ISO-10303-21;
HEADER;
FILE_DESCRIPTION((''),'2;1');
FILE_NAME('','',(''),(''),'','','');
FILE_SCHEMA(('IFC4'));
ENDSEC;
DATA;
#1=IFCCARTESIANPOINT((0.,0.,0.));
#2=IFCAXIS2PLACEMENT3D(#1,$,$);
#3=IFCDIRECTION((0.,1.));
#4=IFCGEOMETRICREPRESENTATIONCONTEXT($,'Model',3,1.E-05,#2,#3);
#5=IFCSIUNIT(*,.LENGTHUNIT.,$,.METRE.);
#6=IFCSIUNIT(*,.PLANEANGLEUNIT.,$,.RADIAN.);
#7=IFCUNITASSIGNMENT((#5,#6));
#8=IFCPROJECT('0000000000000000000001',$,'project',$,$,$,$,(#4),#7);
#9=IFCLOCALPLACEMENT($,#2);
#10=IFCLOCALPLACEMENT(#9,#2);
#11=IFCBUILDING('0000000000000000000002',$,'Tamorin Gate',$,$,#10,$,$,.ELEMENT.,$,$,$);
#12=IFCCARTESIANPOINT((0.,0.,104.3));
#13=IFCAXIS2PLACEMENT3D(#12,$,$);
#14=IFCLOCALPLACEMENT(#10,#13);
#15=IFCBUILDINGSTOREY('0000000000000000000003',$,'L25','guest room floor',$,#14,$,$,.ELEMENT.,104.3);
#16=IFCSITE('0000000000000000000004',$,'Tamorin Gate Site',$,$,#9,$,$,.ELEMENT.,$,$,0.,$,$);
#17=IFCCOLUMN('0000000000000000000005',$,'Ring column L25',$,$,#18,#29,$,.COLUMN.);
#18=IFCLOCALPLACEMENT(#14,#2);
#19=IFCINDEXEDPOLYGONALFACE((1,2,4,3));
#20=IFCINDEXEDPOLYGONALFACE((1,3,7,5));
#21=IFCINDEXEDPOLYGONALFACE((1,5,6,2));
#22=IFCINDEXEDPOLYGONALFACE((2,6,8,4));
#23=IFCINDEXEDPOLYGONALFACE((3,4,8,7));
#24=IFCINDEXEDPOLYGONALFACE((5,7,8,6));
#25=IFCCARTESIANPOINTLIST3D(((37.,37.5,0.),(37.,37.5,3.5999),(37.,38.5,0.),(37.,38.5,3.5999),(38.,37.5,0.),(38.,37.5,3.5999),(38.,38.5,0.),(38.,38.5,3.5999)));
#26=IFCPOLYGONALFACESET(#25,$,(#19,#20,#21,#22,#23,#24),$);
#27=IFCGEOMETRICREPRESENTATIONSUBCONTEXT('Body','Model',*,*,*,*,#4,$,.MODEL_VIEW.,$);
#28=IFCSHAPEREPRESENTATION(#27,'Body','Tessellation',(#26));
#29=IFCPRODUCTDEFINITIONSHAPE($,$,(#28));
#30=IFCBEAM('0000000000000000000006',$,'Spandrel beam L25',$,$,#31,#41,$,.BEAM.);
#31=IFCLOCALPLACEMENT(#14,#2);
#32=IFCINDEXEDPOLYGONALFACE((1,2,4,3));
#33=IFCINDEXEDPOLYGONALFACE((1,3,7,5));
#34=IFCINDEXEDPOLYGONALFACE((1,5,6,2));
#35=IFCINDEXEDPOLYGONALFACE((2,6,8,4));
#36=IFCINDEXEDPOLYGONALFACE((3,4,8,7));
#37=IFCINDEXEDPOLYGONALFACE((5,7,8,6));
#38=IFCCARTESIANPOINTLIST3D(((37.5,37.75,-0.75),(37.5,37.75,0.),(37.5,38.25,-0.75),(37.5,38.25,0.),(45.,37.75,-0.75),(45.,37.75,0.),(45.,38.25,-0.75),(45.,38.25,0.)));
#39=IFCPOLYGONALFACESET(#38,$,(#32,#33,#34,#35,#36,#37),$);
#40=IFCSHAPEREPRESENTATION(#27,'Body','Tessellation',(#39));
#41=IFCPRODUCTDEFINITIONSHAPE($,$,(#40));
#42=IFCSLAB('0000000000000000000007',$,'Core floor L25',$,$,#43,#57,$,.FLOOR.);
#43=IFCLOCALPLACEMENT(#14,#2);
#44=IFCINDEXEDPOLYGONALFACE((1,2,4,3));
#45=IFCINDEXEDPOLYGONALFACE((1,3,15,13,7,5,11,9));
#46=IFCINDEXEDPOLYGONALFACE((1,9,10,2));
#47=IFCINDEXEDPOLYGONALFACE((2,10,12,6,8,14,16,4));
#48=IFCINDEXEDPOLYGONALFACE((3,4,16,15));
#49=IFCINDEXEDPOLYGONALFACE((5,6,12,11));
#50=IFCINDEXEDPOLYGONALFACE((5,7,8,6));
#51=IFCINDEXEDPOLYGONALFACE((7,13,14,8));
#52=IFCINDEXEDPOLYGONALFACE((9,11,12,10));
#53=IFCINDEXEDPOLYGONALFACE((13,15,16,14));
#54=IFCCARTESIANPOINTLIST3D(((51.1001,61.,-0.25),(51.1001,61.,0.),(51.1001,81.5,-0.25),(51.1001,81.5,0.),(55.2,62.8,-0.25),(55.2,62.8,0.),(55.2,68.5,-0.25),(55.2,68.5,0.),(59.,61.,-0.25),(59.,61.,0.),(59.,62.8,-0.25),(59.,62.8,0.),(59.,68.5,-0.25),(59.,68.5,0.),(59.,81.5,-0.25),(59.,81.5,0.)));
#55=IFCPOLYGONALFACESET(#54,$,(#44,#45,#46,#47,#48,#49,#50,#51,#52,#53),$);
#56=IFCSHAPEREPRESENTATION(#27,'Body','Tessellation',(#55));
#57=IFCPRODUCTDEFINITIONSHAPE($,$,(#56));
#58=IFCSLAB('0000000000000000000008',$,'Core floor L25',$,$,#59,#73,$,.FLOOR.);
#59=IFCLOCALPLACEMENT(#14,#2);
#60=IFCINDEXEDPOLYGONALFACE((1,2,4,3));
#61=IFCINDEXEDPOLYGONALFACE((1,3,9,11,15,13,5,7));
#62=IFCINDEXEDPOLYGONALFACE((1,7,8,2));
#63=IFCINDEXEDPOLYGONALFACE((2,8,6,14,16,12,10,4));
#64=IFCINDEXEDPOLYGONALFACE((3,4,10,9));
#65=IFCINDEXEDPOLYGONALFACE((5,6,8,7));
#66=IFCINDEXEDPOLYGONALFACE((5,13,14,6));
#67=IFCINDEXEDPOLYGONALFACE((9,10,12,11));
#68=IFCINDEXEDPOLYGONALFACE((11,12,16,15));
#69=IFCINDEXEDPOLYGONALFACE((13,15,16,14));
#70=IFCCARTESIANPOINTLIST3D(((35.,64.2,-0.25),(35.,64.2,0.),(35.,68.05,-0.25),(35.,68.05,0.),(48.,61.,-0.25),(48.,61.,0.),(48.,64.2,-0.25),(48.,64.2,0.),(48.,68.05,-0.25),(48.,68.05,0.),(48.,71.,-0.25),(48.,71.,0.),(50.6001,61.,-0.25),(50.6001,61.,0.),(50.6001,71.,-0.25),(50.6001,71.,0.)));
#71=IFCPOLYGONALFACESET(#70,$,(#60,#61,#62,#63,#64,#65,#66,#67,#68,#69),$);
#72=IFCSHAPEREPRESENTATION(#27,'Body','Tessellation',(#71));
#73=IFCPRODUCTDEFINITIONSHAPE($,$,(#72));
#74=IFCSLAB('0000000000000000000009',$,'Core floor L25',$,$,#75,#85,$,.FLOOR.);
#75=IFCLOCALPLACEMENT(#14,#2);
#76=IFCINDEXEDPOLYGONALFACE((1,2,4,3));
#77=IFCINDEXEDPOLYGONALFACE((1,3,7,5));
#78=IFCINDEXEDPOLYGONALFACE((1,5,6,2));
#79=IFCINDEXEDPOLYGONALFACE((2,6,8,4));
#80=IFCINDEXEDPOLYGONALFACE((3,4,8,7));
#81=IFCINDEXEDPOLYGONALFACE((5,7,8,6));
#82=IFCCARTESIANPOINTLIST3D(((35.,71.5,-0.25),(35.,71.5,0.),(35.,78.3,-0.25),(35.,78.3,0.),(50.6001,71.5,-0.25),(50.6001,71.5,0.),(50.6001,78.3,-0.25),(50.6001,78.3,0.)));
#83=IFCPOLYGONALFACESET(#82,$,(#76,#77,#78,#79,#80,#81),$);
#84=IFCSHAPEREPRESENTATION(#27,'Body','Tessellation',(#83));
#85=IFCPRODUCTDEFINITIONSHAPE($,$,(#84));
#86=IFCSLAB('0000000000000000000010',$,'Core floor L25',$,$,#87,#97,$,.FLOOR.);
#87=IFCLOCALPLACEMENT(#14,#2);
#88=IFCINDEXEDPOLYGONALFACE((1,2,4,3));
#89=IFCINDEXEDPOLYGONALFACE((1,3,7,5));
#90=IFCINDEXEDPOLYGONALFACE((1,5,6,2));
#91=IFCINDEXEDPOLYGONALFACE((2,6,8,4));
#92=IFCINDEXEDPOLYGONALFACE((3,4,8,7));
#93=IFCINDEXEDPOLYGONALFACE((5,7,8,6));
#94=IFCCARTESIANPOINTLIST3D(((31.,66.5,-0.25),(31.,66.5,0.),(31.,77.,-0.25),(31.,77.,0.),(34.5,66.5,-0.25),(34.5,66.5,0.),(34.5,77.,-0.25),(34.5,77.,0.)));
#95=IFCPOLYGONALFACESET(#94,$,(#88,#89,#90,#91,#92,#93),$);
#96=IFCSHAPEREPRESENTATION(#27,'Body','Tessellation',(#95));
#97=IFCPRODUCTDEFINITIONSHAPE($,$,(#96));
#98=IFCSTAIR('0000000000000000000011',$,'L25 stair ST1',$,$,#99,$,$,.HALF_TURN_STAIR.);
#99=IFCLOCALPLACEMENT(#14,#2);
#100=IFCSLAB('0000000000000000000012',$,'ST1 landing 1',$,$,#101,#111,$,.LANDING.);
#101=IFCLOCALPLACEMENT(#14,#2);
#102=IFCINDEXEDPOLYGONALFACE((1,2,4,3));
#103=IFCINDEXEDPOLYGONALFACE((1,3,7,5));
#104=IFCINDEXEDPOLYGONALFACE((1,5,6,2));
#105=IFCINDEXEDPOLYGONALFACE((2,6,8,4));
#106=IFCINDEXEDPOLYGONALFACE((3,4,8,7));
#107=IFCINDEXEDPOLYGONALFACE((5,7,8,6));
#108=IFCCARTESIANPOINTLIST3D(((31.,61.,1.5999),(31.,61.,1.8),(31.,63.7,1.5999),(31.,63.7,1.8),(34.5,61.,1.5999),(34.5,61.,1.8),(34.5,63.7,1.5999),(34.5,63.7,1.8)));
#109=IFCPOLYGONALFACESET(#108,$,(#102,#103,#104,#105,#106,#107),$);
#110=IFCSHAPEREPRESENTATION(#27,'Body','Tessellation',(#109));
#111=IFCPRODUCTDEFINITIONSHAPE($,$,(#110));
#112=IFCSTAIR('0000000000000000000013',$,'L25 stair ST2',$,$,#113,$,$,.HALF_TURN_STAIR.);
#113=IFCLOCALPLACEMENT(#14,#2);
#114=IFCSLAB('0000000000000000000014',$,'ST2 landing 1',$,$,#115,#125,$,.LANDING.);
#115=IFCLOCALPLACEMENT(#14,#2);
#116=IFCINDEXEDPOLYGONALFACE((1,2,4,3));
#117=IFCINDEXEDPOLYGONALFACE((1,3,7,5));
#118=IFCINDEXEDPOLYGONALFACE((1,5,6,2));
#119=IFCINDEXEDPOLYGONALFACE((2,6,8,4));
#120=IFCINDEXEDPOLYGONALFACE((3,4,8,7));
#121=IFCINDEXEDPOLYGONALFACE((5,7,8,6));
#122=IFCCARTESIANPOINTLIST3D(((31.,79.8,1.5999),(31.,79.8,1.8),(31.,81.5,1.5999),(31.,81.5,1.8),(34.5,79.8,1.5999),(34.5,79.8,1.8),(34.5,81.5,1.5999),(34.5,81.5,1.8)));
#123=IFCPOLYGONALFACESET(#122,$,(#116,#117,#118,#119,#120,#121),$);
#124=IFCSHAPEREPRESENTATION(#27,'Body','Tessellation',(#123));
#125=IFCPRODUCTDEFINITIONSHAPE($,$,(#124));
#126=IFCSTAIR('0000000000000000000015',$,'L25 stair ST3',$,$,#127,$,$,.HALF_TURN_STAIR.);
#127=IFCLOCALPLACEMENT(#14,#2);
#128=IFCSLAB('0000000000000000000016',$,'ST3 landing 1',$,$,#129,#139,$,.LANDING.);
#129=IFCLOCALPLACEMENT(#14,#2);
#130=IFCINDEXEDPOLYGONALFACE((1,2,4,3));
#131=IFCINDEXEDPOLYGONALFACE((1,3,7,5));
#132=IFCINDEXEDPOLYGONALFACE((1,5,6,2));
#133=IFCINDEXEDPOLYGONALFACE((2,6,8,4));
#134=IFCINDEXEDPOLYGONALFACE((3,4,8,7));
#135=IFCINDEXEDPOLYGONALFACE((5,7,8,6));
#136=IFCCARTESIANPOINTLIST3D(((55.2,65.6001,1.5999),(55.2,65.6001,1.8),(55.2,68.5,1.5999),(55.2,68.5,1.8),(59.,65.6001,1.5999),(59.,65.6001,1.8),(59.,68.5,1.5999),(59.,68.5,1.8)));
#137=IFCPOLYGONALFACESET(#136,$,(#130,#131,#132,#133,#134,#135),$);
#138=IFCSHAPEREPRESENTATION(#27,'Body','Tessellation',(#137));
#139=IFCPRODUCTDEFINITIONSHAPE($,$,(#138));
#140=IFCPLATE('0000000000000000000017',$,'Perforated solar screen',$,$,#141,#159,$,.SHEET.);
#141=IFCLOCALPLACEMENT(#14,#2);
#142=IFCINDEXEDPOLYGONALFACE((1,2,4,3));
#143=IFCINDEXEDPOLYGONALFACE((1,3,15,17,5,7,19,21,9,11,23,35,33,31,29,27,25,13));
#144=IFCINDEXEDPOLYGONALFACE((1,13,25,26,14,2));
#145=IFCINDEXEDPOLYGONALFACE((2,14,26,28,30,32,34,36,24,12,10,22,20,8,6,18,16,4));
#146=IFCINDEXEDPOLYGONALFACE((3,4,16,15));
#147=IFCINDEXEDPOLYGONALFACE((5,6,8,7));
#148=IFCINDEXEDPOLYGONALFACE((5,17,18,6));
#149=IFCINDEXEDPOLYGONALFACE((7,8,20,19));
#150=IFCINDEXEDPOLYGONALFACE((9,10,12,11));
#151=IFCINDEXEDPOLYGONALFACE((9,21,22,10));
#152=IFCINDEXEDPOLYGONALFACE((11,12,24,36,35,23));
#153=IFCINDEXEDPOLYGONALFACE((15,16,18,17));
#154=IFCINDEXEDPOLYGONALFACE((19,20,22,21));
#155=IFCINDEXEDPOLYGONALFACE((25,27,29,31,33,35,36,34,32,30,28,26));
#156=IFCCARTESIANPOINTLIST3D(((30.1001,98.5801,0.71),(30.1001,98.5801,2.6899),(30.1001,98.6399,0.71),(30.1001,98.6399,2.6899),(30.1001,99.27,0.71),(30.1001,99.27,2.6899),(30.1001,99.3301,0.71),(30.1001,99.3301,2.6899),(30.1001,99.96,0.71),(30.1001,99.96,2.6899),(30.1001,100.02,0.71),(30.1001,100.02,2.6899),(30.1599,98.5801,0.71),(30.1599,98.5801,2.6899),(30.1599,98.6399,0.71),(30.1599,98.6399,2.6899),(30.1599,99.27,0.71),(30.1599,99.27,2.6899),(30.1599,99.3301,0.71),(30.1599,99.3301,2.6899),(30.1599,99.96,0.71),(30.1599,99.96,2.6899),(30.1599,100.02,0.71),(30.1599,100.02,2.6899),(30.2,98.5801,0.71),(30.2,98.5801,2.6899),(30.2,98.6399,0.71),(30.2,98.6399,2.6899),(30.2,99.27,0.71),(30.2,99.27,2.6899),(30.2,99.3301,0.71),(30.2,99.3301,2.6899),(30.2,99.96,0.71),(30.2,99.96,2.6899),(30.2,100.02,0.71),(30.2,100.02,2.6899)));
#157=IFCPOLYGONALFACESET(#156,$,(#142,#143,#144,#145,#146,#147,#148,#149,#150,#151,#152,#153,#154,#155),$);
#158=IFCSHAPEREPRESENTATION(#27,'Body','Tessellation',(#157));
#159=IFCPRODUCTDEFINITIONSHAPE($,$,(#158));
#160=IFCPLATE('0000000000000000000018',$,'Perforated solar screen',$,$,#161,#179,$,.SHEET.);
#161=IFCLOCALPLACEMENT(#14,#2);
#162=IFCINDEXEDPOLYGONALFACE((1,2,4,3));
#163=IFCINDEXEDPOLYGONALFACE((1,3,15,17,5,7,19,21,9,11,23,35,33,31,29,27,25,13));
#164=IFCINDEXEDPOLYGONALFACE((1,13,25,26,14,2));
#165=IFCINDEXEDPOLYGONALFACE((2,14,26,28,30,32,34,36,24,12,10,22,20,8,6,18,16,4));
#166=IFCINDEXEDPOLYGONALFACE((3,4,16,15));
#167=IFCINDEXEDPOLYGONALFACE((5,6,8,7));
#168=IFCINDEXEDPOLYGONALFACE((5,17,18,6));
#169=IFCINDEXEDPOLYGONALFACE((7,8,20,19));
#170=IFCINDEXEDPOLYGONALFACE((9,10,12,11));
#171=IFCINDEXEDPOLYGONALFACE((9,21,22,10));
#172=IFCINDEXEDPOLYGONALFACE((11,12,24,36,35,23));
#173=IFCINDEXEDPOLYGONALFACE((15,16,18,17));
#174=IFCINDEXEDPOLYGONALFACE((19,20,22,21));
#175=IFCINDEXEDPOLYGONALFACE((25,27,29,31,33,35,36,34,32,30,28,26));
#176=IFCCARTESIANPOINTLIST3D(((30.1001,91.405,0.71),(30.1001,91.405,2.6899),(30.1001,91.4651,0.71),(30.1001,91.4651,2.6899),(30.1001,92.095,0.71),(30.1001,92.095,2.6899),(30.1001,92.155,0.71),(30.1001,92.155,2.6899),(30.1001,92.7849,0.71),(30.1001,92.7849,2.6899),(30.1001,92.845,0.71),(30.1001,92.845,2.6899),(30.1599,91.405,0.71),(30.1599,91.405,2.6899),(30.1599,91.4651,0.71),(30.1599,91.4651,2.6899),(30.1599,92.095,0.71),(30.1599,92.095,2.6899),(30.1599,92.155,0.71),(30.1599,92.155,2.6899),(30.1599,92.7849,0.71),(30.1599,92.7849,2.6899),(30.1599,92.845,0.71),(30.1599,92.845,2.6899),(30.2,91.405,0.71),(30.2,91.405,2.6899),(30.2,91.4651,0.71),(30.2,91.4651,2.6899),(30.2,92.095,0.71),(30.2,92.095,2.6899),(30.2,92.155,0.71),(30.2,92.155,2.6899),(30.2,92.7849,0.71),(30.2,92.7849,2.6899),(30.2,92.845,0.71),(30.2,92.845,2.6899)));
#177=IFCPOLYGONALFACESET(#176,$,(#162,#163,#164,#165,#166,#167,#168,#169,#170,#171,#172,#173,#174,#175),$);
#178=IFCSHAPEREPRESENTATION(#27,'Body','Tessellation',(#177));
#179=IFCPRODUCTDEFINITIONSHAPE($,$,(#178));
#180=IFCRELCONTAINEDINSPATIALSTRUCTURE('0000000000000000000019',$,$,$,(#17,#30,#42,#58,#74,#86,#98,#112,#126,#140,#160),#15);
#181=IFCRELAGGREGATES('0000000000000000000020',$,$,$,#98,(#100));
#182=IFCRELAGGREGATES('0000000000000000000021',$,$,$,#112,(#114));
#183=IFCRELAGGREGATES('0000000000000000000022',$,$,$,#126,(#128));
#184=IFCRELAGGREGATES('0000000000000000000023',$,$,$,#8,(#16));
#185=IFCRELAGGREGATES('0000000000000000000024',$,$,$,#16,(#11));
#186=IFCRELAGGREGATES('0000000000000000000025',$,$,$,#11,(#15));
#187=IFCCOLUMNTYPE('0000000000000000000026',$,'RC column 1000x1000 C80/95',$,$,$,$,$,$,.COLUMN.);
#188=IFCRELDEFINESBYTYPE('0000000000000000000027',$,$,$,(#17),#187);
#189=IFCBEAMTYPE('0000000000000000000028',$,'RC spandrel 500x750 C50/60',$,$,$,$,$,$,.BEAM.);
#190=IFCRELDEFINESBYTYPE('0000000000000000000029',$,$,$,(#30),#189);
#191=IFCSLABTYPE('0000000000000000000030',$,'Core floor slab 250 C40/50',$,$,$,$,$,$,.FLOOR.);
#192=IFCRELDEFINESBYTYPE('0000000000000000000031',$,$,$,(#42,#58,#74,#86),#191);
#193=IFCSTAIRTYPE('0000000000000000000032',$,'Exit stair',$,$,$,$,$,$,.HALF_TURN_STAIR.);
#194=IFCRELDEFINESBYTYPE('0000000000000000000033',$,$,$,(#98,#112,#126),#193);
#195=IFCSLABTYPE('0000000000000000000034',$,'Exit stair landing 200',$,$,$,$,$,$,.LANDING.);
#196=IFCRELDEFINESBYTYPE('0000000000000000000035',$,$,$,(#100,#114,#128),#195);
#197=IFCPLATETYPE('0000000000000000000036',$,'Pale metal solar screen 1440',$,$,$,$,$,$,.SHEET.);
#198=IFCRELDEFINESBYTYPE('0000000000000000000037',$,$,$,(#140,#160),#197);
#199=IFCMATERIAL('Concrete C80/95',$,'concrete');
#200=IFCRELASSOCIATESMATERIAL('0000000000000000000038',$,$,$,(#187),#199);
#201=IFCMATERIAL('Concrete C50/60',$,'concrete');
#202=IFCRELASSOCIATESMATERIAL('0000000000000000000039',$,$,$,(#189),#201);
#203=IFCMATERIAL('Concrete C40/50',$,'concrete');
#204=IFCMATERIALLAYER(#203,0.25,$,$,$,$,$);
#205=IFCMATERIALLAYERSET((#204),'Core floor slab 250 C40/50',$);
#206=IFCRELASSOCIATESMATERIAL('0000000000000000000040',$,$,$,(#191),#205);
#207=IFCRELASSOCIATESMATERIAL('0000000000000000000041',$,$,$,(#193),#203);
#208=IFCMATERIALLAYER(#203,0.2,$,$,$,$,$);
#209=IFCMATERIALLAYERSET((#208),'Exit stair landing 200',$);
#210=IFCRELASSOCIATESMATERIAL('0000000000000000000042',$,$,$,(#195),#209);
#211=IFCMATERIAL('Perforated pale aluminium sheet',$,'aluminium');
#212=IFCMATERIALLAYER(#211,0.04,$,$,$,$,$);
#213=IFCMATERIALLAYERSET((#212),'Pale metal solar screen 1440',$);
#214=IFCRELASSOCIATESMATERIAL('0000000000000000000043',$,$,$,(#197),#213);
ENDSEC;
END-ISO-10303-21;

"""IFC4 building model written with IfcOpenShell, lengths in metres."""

from ifc_helpers import new_model, si_unit, direction, frame, origin, origin_2d, place, context, subcontext, project, spatial, polyline, rectangle, outline, extrude, material, layer, layer_set, material_profile, profile_set, type_object, element, aggregate, save


model = new_model("IFC4")

# Units and contexts
model_context = context("Model", 3, precision=1e-05, world=origin(), true_north=direction((0.0, 1.0)))
body_context = subcontext(model_context, "Body", "Model", "MODEL_VIEW")
ifc_project = project(units=[si_unit("LENGTHUNIT", "METRE"), si_unit("PLANEANGLEUNIT", "RADIAN")], contexts=[model_context])

# Site, building, storey
site_placement = place(None, origin())
site = spatial("IfcSite", under=ifc_project, at=site_placement, Name="Tamorin Gate Site", CompositionType="ELEMENT", RefElevation=0.0)
building_placement = place(site_placement, origin())
building = spatial("IfcBuilding", under=site, at=building_placement, Name="Tamorin Gate", CompositionType="ELEMENT")
storey_placement = place(building_placement, frame((0.0, 0.0, 104.3)))
storey = spatial("IfcBuildingStorey", under=building, at=storey_placement, Name="L25", Description="guest room floor", CompositionType="ELEMENT", Elevation=104.3)

# Column
ifc_material_1 = material(Name="Concrete C80/95", Category="concrete")
ifc_material_profile_1 = material_profile(ifc_material_1, rectangle(XDim=1.0, YDim=1.0, at=origin_2d()), Name="RC 1000x1000")
ifc_profile_set_1 = profile_set([ifc_material_profile_1], Name="Concrete C80/95")
column_type = type_object("IfcColumnType", Name="RC column 1000x1000 C80/95", PredefinedType="COLUMN", material=ifc_profile_set_1)
column_placement = place(storey_placement, frame((37.5, 38.0, 0.0), z_axis=(0.0, 0.0, 1.0), x_axis=(1.0, 0.0, 0.0)))
element("IfcColumn", 1, at=column_placement, inside=storey, type_object=column_type, Name="Ring column L25", PredefinedType="COLUMN", context=body_context, shape_type="SweptSolid", body=[
    extrude(rectangle(XDim=1.0, YDim=1.0, at=origin_2d()), origin(), (0.0, 0.0, 1.0), 3.5999),
])

# Beam
ifc_material_2 = material(Name="Concrete C50/60", Category="concrete")
ifc_material_profile_2 = material_profile(ifc_material_2, rectangle(XDim=0.5, YDim=0.75, at=origin_2d()), Name="RC 500x750")
ifc_profile_set_2 = profile_set([ifc_material_profile_2], Name="Concrete C50/60")
beam_type = type_object("IfcBeamType", Name="RC spandrel 500x750 C50/60", PredefinedType="BEAM", material=ifc_profile_set_2)
beam_placement = place(storey_placement, frame((37.5, 38.0, -0.375), z_axis=(1.0, 0.0, 0.0), x_axis=(0.0, 1.0, 0.0)))
element("IfcBeam", 2, at=beam_placement, inside=storey, type_object=beam_type, Name="Spandrel beam L25", PredefinedType="BEAM", context=body_context, shape_type="SweptSolid", body=[
    extrude(rectangle(XDim=0.5, YDim=0.75, at=origin_2d()), origin(), (0.0, 0.0, 1.0), 7.5),
])

# Slabs
ifc_material_3 = material(Name="Concrete C40/50", Category="concrete")
ifc_layer_1 = layer(ifc_material_3, 0.25)
ifc_layer_set_1 = layer_set([ifc_layer_1], Name="Core floor slab 250 C40/50")
slab_type_1 = type_object("IfcSlabType", Name="Core floor slab 250 C40/50", PredefinedType="FLOOR", material=ifc_layer_set_1)
slab_1_placement = place(storey_placement, frame((0.0, 0.0, -0.25)))
element("IfcSlab", 3, at=slab_1_placement, inside=storey, type_object=slab_type_1, Name="Core floor L25", PredefinedType="FLOOR", context=body_context, shape_type="SweptSolid", body=[
    extrude(outline(polyline([(59.0, 62.8), (59.0, 61.0), (51.1001, 61.0), (51.1001, 81.5), (59.0, 81.5), (59.0, 68.5), (55.2, 68.5), (55.2, 62.8), (59.0, 62.8)])), origin(), (0.0, 0.0, 1.0), 0.25),
])
slab_2_placement = place(storey_placement, frame((0.0, 0.0, -0.25)))
element("IfcSlab", 4, at=slab_2_placement, inside=storey, type_object=slab_type_1, Name="Core floor L25", PredefinedType="FLOOR", context=body_context, shape_type="SweptSolid", body=[
    extrude(outline(polyline([(50.6001, 61.0), (48.0, 61.0), (48.0, 64.2), (35.0, 64.2), (35.0, 68.05), (48.0, 68.05), (48.0, 71.0), (50.6001, 71.0), (50.6001, 61.0)])), origin(), (0.0, 0.0, 1.0), 0.25),
])
slab_3_placement = place(storey_placement, frame((0.0, 0.0, -0.25)))
element("IfcSlab", 5, at=slab_3_placement, inside=storey, type_object=slab_type_1, Name="Core floor L25", PredefinedType="FLOOR", context=body_context, shape_type="SweptSolid", body=[
    extrude(outline(polyline([(50.6001, 71.5), (35.0, 71.5), (35.0, 78.3), (50.6001, 78.3), (50.6001, 71.5)])), origin(), (0.0, 0.0, 1.0), 0.25),
])
slab_4_placement = place(storey_placement, frame((0.0, 0.0, -0.25)))
element("IfcSlab", 6, at=slab_4_placement, inside=storey, type_object=slab_type_1, Name="Core floor L25", PredefinedType="FLOOR", context=body_context, shape_type="SweptSolid", body=[
    extrude(outline(polyline([(31.0, 66.5), (31.0, 77.0), (34.5, 77.0), (34.5, 66.5), (31.0, 66.5)])), origin(), (0.0, 0.0, 1.0), 0.25),
])

# Stairs, slabs
stair_type = type_object("IfcStairType", Name="Exit stair", PredefinedType="HALF_TURN_STAIR", material=ifc_material_3)
stair_1_placement = place(storey_placement, origin())
stair_1 = element("IfcStair", 7, at=stair_1_placement, inside=storey, type_object=stair_type, Name="L25 stair ST1", PredefinedType="HALF_TURN_STAIR")
ifc_layer_2 = layer(ifc_material_3, 0.2)
ifc_layer_set_2 = layer_set([ifc_layer_2], Name="Exit stair landing 200")
slab_type_2 = type_object("IfcSlabType", Name="Exit stair landing 200", PredefinedType="LANDING", material=ifc_layer_set_2)
slab_5_placement = place(storey_placement, frame((0.0, 0.0, 1.5999)))
slab_5 = element("IfcSlab", 8, at=slab_5_placement, type_object=slab_type_2, Name="ST1 landing 1", PredefinedType="LANDING", context=body_context, shape_type="SweptSolid", body=[
    extrude(outline(polyline([(31.0, 63.7), (31.0, 61.0), (34.5, 61.0), (34.5, 63.7), (31.0, 63.7)])), origin(), (0.0, 0.0, 1.0), 0.2002),
])
aggregate(stair_1, [slab_5])
stair_2_placement = place(storey_placement, origin())
stair_2 = element("IfcStair", 9, at=stair_2_placement, inside=storey, type_object=stair_type, Name="L25 stair ST2", PredefinedType="HALF_TURN_STAIR")
slab_6_placement = place(storey_placement, frame((0.0, 0.0, 1.5999)))
slab_6 = element("IfcSlab", 10, at=slab_6_placement, type_object=slab_type_2, Name="ST2 landing 1", PredefinedType="LANDING", context=body_context, shape_type="SweptSolid", body=[
    extrude(outline(polyline([(34.5, 79.8), (34.5, 81.5), (31.0, 81.5), (31.0, 79.8), (34.5, 79.8)])), origin(), (0.0, 0.0, 1.0), 0.2002),
])
aggregate(stair_2, [slab_6])
stair_3_placement = place(storey_placement, origin())
stair_3 = element("IfcStair", 11, at=stair_3_placement, inside=storey, type_object=stair_type, Name="L25 stair ST3", PredefinedType="HALF_TURN_STAIR")
slab_7_placement = place(storey_placement, frame((0.0, 0.0, 1.5999)))
slab_7 = element("IfcSlab", 12, at=slab_7_placement, type_object=slab_type_2, Name="ST3 landing 1", PredefinedType="LANDING", context=body_context, shape_type="SweptSolid", body=[
    extrude(outline(polyline([(59.0, 65.6001), (59.0, 68.5), (55.2, 68.5), (55.2, 65.6001), (59.0, 65.6001)])), origin(), (0.0, 0.0, 1.0), 0.2002),
])
aggregate(stair_3, [slab_7])

# Plates
ifc_material_4 = material(Name="Perforated pale aluminium sheet", Category="aluminium")
ifc_layer_3 = layer(ifc_material_4, 0.04)
ifc_layer_set_3 = layer_set([ifc_layer_3], Name="Pale metal solar screen 1440")
plate_type = type_object("IfcPlateType", Name="Pale metal solar screen 1440", PredefinedType="SHEET", material=ifc_layer_set_3)
plate_1_placement = place(storey_placement, frame((0.0, 0.0, 0.71)))
element("IfcPlate", 13, at=plate_1_placement, inside=storey, type_object=plate_type, Name="Perforated solar screen", PredefinedType="SHEET", context=body_context, shape_type="SweptSolid", body=[
    extrude(outline(polyline([(30.1599, 100.02), (30.2, 100.02), (30.2, 99.96), (30.2, 99.3301), (30.2, 99.27), (30.2, 98.6399), (30.2, 98.5801), (30.1599, 98.5801), (30.1001, 98.5801), (30.1001, 98.6399), (30.1599, 98.6399), (30.1599, 99.27), (30.1001, 99.27), (30.1001, 99.3301), (30.1599, 99.3301), (30.1599, 99.96), (30.1001, 99.96), (30.1001, 100.02), (30.1599, 100.02)])), origin(), (0.0, 0.0, 1.0), 1.98),
])
plate_2_placement = place(storey_placement, frame((0.0, 0.0, 0.71)))
element("IfcPlate", 14, at=plate_2_placement, inside=storey, type_object=plate_type, Name="Perforated solar screen", PredefinedType="SHEET", context=body_context, shape_type="SweptSolid", body=[
    extrude(outline(polyline([(30.1599, 92.845), (30.2, 92.845), (30.2, 92.7849), (30.2, 92.155), (30.2, 92.095), (30.2, 91.4651), (30.2, 91.405), (30.1599, 91.405), (30.1001, 91.405), (30.1001, 91.4651), (30.1599, 91.4651), (30.1599, 92.095), (30.1001, 92.095), (30.1001, 92.155), (30.1599, 92.155), (30.1599, 92.7849), (30.1001, 92.7849), (30.1001, 92.845), (30.1599, 92.845)])), origin(), (0.0, 0.0, 1.0), 1.98),
])

save(model, "model.ifc")
